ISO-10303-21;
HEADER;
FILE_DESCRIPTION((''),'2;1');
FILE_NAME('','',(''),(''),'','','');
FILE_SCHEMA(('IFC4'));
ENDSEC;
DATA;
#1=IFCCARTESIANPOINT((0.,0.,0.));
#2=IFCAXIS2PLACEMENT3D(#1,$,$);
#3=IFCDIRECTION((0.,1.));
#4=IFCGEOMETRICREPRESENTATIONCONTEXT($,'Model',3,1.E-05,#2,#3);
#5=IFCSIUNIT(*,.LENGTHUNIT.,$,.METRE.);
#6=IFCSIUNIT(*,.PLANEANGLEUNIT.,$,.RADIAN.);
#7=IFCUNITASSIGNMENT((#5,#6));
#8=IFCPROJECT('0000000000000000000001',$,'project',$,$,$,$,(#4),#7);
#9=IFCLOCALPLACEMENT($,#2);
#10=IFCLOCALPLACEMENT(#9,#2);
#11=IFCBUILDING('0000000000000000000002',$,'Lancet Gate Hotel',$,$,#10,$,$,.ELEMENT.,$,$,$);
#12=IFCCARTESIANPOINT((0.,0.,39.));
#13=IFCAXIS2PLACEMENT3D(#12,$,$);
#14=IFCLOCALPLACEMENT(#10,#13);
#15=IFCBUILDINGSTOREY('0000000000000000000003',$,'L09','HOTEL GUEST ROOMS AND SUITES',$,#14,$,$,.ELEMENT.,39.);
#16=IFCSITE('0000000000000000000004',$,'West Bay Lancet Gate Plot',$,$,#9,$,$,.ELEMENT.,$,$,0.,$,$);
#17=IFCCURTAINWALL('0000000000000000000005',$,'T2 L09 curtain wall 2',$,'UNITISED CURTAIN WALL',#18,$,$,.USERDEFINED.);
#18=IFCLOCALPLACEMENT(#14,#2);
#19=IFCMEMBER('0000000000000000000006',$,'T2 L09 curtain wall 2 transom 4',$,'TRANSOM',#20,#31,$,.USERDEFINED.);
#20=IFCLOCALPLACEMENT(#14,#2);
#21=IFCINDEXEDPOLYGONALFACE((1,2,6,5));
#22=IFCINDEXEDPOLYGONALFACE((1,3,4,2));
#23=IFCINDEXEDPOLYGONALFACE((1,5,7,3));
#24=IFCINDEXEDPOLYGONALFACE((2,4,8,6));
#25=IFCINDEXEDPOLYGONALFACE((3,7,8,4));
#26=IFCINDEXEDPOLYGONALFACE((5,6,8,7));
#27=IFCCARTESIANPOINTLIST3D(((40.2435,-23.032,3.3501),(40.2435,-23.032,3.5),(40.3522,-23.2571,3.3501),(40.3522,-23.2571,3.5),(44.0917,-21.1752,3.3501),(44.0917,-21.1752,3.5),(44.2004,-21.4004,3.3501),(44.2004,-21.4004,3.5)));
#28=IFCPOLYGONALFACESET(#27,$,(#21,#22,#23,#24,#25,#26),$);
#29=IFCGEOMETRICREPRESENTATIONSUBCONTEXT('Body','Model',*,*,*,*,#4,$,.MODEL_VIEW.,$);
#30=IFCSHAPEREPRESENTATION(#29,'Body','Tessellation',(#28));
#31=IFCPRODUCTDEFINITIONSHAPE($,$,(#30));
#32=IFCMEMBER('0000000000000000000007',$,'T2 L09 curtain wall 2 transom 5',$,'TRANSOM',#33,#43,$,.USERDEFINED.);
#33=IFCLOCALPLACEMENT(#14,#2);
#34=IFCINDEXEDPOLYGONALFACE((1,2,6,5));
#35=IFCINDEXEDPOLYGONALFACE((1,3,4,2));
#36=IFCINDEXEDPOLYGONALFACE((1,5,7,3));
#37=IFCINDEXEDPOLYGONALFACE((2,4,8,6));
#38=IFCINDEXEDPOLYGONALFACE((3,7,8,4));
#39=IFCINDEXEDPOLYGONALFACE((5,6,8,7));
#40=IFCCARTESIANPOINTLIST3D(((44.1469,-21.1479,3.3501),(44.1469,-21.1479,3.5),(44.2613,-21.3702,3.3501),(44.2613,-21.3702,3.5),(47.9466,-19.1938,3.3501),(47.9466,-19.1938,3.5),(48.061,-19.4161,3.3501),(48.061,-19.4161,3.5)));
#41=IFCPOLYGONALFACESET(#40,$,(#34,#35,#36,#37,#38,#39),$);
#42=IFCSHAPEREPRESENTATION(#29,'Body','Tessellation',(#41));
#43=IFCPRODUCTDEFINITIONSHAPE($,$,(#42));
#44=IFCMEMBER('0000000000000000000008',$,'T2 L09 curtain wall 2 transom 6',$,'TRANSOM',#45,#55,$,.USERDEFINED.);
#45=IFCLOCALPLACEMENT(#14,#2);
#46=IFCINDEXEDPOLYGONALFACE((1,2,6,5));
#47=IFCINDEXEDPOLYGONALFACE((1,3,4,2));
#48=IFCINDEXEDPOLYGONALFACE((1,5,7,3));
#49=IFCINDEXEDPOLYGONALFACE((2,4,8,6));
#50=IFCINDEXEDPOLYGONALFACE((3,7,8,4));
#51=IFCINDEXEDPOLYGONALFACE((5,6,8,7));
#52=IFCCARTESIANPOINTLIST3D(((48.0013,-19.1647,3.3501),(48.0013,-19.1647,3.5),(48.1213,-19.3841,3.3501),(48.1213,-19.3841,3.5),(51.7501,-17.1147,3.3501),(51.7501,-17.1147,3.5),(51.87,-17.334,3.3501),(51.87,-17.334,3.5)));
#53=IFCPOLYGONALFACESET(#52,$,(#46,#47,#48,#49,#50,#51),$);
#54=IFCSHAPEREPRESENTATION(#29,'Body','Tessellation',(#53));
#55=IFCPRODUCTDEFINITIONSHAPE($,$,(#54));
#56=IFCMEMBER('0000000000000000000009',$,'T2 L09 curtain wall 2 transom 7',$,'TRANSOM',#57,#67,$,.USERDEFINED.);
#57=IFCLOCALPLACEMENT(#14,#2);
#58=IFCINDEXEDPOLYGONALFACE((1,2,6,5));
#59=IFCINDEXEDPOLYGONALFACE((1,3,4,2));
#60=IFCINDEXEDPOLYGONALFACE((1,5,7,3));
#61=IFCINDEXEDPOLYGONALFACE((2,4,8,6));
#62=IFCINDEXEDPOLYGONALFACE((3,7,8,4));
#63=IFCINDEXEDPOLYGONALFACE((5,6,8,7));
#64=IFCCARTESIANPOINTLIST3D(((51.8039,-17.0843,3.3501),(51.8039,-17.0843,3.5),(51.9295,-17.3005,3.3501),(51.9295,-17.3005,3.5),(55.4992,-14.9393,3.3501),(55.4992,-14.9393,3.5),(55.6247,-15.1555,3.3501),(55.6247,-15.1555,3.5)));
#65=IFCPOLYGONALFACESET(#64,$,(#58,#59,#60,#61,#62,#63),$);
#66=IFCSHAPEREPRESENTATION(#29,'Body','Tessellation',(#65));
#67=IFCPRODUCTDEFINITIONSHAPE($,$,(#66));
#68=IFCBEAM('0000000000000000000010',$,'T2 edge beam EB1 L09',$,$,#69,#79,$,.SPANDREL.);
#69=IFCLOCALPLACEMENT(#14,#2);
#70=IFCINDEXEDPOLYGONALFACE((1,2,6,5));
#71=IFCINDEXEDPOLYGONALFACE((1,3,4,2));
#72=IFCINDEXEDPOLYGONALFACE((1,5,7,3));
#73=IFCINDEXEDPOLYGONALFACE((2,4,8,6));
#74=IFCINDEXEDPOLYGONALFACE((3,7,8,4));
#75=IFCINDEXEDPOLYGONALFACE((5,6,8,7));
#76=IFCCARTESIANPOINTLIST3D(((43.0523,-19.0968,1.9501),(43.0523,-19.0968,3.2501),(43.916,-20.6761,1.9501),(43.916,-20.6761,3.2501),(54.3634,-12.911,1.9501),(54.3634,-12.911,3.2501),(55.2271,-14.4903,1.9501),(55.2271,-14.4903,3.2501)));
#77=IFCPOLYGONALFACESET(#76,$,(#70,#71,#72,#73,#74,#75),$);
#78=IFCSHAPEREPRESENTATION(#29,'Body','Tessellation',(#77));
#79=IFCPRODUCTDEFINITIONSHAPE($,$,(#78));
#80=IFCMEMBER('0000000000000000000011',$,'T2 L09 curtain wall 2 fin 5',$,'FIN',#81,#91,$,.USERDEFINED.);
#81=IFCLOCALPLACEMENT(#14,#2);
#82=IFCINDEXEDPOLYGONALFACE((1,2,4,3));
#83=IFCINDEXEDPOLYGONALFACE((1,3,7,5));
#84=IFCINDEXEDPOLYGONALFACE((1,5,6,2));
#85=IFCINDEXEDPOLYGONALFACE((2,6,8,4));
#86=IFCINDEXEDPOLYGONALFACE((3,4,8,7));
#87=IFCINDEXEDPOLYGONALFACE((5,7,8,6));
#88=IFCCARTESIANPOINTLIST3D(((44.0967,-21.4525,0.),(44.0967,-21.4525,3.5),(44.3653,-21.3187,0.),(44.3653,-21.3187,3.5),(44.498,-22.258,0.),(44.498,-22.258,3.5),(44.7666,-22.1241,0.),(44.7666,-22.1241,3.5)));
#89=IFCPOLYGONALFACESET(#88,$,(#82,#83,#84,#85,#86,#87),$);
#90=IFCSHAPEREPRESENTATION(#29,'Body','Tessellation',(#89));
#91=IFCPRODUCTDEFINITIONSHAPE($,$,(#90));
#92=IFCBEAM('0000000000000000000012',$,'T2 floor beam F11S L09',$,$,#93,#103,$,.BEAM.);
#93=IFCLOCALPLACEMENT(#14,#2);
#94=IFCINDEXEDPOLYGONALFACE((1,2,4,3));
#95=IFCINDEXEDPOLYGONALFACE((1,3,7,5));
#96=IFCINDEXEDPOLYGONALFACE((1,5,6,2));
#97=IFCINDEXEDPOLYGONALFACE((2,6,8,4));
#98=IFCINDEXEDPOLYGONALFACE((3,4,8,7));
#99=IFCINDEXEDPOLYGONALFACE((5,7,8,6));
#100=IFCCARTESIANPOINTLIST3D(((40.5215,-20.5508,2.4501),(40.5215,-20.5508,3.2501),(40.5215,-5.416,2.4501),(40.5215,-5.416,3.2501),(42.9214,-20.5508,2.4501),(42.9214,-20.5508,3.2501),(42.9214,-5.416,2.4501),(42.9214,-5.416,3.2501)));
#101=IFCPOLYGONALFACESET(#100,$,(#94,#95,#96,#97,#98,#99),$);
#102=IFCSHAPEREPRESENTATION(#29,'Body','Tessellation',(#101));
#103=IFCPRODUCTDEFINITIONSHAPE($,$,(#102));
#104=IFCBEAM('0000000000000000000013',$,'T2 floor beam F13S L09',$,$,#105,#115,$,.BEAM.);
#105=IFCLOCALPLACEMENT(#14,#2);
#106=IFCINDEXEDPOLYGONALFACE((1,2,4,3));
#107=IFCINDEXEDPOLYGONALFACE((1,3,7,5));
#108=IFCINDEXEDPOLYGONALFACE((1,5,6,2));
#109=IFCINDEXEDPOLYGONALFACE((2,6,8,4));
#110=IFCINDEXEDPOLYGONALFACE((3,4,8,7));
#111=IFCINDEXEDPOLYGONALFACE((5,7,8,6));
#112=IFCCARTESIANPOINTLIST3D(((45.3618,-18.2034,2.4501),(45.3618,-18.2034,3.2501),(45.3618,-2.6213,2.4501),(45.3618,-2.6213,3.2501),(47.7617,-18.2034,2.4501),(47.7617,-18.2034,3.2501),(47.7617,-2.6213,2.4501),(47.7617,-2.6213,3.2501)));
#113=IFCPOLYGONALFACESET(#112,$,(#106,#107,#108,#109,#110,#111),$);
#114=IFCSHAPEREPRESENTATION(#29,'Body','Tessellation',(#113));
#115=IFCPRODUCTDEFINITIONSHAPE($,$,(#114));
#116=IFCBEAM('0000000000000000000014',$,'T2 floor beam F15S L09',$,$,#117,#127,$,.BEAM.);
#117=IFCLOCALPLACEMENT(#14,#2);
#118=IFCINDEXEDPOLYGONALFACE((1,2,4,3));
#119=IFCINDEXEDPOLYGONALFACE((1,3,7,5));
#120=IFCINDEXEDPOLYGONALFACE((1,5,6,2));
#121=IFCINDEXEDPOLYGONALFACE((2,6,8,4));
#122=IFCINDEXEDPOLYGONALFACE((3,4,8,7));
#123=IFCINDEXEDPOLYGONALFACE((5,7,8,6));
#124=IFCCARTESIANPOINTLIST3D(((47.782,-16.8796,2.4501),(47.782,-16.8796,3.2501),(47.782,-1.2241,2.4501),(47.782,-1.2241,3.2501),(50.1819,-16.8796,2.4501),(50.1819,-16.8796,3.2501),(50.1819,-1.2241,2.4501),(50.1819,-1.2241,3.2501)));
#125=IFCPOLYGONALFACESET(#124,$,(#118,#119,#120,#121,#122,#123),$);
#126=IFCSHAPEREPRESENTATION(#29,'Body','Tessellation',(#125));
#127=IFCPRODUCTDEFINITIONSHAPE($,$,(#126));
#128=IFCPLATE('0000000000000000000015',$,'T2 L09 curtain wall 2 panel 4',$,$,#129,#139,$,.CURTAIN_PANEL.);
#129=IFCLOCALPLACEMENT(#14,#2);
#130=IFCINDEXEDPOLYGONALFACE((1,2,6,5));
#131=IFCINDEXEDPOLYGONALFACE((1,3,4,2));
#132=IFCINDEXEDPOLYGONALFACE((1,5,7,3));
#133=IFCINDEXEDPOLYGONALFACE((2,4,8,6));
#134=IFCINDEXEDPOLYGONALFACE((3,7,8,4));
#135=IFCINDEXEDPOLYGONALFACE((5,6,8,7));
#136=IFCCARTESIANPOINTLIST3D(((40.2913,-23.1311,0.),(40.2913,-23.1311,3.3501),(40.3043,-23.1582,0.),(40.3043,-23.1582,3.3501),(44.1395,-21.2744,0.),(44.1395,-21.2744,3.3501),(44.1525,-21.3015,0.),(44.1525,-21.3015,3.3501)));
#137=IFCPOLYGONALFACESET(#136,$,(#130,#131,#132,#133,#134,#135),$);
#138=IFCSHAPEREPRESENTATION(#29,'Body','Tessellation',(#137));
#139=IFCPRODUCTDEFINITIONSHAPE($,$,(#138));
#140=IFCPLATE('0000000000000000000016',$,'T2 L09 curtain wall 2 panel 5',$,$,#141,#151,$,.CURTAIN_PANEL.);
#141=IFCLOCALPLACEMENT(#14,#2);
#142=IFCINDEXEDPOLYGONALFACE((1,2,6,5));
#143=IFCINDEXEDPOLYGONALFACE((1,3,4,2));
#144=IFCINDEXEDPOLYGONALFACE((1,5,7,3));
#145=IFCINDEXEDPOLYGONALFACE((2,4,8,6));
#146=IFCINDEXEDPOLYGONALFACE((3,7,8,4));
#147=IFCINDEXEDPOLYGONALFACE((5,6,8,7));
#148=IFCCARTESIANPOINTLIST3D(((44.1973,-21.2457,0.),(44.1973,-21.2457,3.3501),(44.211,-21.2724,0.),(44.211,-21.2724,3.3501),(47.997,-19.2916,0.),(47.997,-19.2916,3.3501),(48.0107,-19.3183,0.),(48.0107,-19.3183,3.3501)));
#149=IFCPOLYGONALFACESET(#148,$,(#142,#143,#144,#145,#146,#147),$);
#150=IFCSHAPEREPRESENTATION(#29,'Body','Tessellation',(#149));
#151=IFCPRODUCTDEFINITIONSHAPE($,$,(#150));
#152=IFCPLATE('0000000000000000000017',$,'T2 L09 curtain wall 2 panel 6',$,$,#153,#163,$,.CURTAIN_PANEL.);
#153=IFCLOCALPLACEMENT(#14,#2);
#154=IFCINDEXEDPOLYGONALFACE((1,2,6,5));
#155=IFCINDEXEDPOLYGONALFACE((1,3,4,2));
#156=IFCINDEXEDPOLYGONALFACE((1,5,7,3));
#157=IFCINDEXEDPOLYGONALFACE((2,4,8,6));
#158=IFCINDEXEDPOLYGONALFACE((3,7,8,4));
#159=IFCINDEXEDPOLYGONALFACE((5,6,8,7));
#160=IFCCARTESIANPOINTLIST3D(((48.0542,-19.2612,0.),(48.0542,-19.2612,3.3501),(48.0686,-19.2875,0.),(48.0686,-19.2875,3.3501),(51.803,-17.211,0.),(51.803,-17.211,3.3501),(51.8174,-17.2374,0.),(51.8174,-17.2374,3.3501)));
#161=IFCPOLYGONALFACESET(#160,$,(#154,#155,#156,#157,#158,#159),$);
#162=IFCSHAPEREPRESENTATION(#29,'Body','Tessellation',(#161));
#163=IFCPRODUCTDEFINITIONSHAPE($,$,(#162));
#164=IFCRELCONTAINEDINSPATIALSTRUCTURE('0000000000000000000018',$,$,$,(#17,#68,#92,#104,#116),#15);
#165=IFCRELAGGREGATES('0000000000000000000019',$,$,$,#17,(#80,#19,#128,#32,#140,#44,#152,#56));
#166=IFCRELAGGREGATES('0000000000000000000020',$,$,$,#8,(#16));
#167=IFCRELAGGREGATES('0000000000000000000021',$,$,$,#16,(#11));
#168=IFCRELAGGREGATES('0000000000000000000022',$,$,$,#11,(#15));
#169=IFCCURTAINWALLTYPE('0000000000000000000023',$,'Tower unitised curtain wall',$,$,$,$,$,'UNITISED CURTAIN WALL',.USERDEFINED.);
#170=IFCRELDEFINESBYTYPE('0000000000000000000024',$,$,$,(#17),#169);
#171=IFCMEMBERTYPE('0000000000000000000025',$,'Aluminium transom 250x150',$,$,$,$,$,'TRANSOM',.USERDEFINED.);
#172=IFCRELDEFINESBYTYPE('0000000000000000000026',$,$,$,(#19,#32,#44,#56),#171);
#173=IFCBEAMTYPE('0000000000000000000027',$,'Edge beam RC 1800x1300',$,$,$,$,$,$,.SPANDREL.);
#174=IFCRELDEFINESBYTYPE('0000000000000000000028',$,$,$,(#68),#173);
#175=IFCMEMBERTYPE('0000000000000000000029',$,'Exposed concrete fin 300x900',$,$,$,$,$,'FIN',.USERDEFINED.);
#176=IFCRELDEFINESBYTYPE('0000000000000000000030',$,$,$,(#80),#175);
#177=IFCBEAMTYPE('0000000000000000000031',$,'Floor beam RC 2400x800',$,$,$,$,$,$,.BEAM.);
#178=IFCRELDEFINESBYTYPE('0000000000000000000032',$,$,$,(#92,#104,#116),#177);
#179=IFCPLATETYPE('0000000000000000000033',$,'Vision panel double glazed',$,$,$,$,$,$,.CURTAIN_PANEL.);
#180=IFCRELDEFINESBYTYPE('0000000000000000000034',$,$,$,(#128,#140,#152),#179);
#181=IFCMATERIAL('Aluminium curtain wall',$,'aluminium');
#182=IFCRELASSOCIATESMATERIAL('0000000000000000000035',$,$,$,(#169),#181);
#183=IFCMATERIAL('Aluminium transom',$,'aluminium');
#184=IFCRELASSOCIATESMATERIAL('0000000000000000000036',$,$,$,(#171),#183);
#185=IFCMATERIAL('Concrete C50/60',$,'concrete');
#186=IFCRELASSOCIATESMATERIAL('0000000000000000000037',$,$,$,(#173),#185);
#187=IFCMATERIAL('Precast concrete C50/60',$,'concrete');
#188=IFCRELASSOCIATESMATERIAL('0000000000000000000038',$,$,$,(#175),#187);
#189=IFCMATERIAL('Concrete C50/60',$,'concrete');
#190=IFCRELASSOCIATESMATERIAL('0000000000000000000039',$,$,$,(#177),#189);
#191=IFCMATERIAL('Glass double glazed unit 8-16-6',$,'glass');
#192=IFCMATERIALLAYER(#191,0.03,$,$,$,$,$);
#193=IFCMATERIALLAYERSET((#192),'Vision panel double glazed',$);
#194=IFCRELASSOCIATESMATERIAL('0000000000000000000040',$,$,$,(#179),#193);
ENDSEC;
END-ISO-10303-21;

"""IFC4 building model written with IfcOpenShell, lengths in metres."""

from ifc_helpers import new_model, si_unit, direction, frame, origin, origin_2d, place, context, subcontext, project, spatial, rectangle, extrude, material, layer, layer_set, material_profile, profile_set, type_object, element, aggregate, save


model = new_model("IFC4")

# Units and contexts
model_context = context("Model", 3, precision=1e-05, world=origin(), true_north=direction((0.0, 1.0)))
body_context = subcontext(model_context, "Body", "Model", "MODEL_VIEW")
ifc_project = project(units=[si_unit("LENGTHUNIT", "METRE"), si_unit("PLANEANGLEUNIT", "RADIAN")], contexts=[model_context])

# Site, building, storey
site_placement = place(None, origin())
site = spatial("IfcSite", under=ifc_project, at=site_placement, Name="West Bay Lancet Gate Plot", CompositionType="ELEMENT", RefElevation=0.0)
building_placement = place(site_placement, origin())
building = spatial("IfcBuilding", under=site, at=building_placement, Name="Lancet Gate Hotel", CompositionType="ELEMENT")
storey_placement = place(building_placement, frame((0.0, 0.0, 39.0)))
storey = spatial("IfcBuildingStorey", under=building, at=storey_placement, Name="L09", Description="HOTEL GUEST ROOMS AND SUITES", CompositionType="ELEMENT", Elevation=39.0)

# Curtain wall, members
ifc_material_1 = material(Name="Aluminium curtain wall", Category="aluminium")
curtain_wall_type = type_object("IfcCurtainWallType", Name="Tower unitised curtain wall", ElementType="UNITISED CURTAIN WALL", PredefinedType="USERDEFINED", material=ifc_material_1)
curtain_wall_placement = place(storey_placement, origin())
curtain_wall = element("IfcCurtainWall", 1, at=curtain_wall_placement, inside=storey, type_object=curtain_wall_type, Name="T2 L09 curtain wall 2", ObjectType="UNITISED CURTAIN WALL", PredefinedType="USERDEFINED")
ifc_material_2 = material(Name="Aluminium transom", Category="aluminium")
ifc_material_profile_1 = material_profile(ifc_material_2, rectangle(XDim=0.25, YDim=0.1499, at=origin_2d()), Name="TRANSOM 250x150")
ifc_profile_set_1 = profile_set([ifc_material_profile_1], Name="Aluminium transom")
member_type_1 = type_object("IfcMemberType", Name="Aluminium transom 250x150", ElementType="TRANSOM", PredefinedType="USERDEFINED", material=ifc_profile_set_1)
member_1_placement = place(storey_placement, frame((40.2979, -23.1445, 3.425), z_axis=(0.900646, 0.434553, 0.0), x_axis=(-0.434553, 0.900646, 0.0)))
member_1 = element("IfcMember", 2, at=member_1_placement, type_object=member_type_1, Name="T2 L09 curtain wall 2 transom 4", ObjectType="TRANSOM", PredefinedType="USERDEFINED", context=body_context, shape_type="SweptSolid", body=[
    extrude(rectangle(XDim=0.25, YDim=0.1499, at=origin_2d()), origin(), (0.0, 0.0, 1.0), 4.2727),
])
member_2_placement = place(storey_placement, frame((44.2041, -21.259, 3.425), z_axis=(0.889296, 0.457333, 0.0), x_axis=(-0.457333, 0.889296, 0.0)))
member_2 = element("IfcMember", 3, at=member_2_placement, type_object=member_type_1, Name="T2 L09 curtain wall 2 transom 5", ObjectType="TRANSOM", PredefinedType="USERDEFINED", context=body_context, shape_type="SweptSolid", body=[
    extrude(rectangle(XDim=0.25, YDim=0.1499, at=origin_2d()), origin(), (0.0, 0.0, 1.0), 4.2727),
])
member_3_placement = place(storey_placement, frame((48.0613, -19.2744, 3.425), z_axis=(0.877378, 0.479801, 0.0), x_axis=(-0.479801, 0.877378, 0.0)))
member_3 = element("IfcMember", 4, at=member_3_placement, type_object=member_type_1, Name="T2 L09 curtain wall 2 transom 6", ObjectType="TRANSOM", PredefinedType="USERDEFINED", context=body_context, shape_type="SweptSolid", body=[
    extrude(rectangle(XDim=0.25, YDim=0.1499, at=origin_2d()), origin(), (0.0, 0.0, 1.0), 4.2727),
])
member_4_placement = place(storey_placement, frame((51.8667, -17.1924, 3.425), z_axis=(0.864855, 0.502022, 0.0), x_axis=(-0.502022, 0.864855, 0.0)))
member_4 = element("IfcMember", 5, at=member_4_placement, type_object=member_type_1, Name="T2 L09 curtain wall 2 transom 7", ObjectType="TRANSOM", PredefinedType="USERDEFINED", context=body_context, shape_type="SweptSolid", body=[
    extrude(rectangle(XDim=0.25, YDim=0.1499, at=origin_2d()), origin(), (0.0, 0.0, 1.0), 4.2727),
])

# Beam
ifc_material_3 = material(Name="Concrete C50/60", Category="concrete")
ifc_material_profile_2 = material_profile(ifc_material_3, rectangle(XDim=1.8, YDim=1.3, at=origin_2d()), Name="RC 1800x1300")
ifc_profile_set_2 = profile_set([ifc_material_profile_2], Name="Concrete C50/60")
beam_type_1 = type_object("IfcBeamType", Name="Edge beam RC 1800x1300", PredefinedType="SPANDREL", material=ifc_profile_set_2)
beam_1_placement = place(storey_placement, frame((43.4841, -19.8865, 2.6001), z_axis=(0.877369, 0.479816, 0.0), x_axis=(-0.479816, 0.877369, 0.0)))
element("IfcBeam", 6, at=beam_1_placement, inside=storey, type_object=beam_type_1, Name="T2 edge beam EB1 L09", PredefinedType="SPANDREL", context=body_context, shape_type="SweptSolid", body=[
    extrude(rectangle(XDim=1.8, YDim=1.3, at=origin_2d()), origin(), (0.0, 0.0, 1.0), 12.8921),
])

# Member
ifc_material_4 = material(Name="Precast concrete C50/60", Category="concrete")
ifc_material_profile_3 = material_profile(ifc_material_4, rectangle(XDim=0.3, YDim=0.8999, at=origin_2d()), Name="FIN 300x900")
ifc_profile_set_3 = profile_set([ifc_material_profile_3], Name="Precast concrete C50/60")
member_type_2 = type_object("IfcMemberType", Name="Exposed concrete fin 300x900", ElementType="FIN", PredefinedType="USERDEFINED", material=ifc_profile_set_3)
member_5_placement = place(storey_placement, frame((44.4316, -21.7883, 0.0), z_axis=(0.0, 0.0, 1.0), x_axis=(0.895044, 0.445978, 0.0)))
member_5 = element("IfcMember", 7, at=member_5_placement, type_object=member_type_2, Name="T2 L09 curtain wall 2 fin 5", ObjectType="FIN", PredefinedType="USERDEFINED", context=body_context, shape_type="SweptSolid", body=[
    extrude(rectangle(XDim=0.3, YDim=0.8999, at=origin_2d()), origin(), (0.0, 0.0, 1.0), 3.5),
])

# Beams
ifc_material_5 = material(Name="Concrete C50/60", Category="concrete")
ifc_material_profile_4 = material_profile(ifc_material_5, rectangle(XDim=2.3999, YDim=0.8, at=origin_2d()), Name="RC 2400x800")
ifc_profile_set_4 = profile_set([ifc_material_profile_4], Name="Concrete C50/60")
beam_type_2 = type_object("IfcBeamType", Name="Floor beam RC 2400x800", PredefinedType="BEAM", material=ifc_profile_set_4)
beam_2_placement = place(storey_placement, frame((41.7214, -20.5508, 2.8501), z_axis=(0.0, 1.0, 0.0), x_axis=(-1.0, 0.0, 0.0)))
element("IfcBeam", 8, at=beam_2_placement, inside=storey, type_object=beam_type_2, Name="T2 floor beam F11S L09", PredefinedType="BEAM", context=body_context, shape_type="SweptSolid", body=[
    extrude(rectangle(XDim=2.3999, YDim=0.8, at=origin_2d()), origin(), (0.0, 0.0, 1.0), 15.1348),
])
beam_3_placement = place(storey_placement, frame((46.5618, -18.2034, 2.8501), z_axis=(0.0, 1.0, 0.0), x_axis=(-1.0, 0.0, 0.0)))
element("IfcBeam", 9, at=beam_3_placement, inside=storey, type_object=beam_type_2, Name="T2 floor beam F13S L09", PredefinedType="BEAM", context=body_context, shape_type="SweptSolid", body=[
    extrude(rectangle(XDim=2.3999, YDim=0.8, at=origin_2d()), origin(), (0.0, 0.0, 1.0), 15.582),
])
beam_4_placement = place(storey_placement, frame((48.9819, -16.8796, 2.8501), z_axis=(0.0, 1.0, 0.0), x_axis=(-1.0, 0.0, 0.0)))
element("IfcBeam", 10, at=beam_4_placement, inside=storey, type_object=beam_type_2, Name="T2 floor beam F15S L09", PredefinedType="BEAM", context=body_context, shape_type="SweptSolid", body=[
    extrude(rectangle(XDim=2.3999, YDim=0.8, at=origin_2d()), origin(), (0.0, 0.0, 1.0), 15.6555),
])

# Plates
ifc_material_6 = material(Name="Glass double glazed unit 8-16-6", Category="glass")
ifc_layer = layer(ifc_material_6, 0.03)
ifc_layer_set = layer_set([ifc_layer], Name="Vision panel double glazed")
plate_type = type_object("IfcPlateType", Name="Vision panel double glazed", PredefinedType="CURTAIN_PANEL", material=ifc_layer_set)
plate_1_placement = place(storey_placement, frame((42.2219, -22.2163, 0.0), z_axis=(0.0, 0.0, 1.0), x_axis=(0.900647, 0.43455, 0.0)))
plate_1 = element("IfcPlate", 11, at=plate_1_placement, type_object=plate_type, Name="T2 L09 curtain wall 2 panel 4", PredefinedType="CURTAIN_PANEL", context=body_context, shape_type="SweptSolid", body=[
    extrude(rectangle(XDim=4.2727, YDim=0.03, at=origin_2d()), origin(), (0.0, 0.0, 1.0), 3.3501),
])
plate_2_placement = place(storey_placement, frame((46.104, -20.282, 0.0), z_axis=(0.0, 0.0, 1.0), x_axis=(0.889296, 0.457332, 0.0)))
plate_2 = element("IfcPlate", 12, at=plate_2_placement, type_object=plate_type, Name="T2 L09 curtain wall 2 panel 5", PredefinedType="CURTAIN_PANEL", context=body_context, shape_type="SweptSolid", body=[
    extrude(rectangle(XDim=4.2727, YDim=0.03, at=origin_2d()), origin(), (0.0, 0.0, 1.0), 3.3501),
])
plate_3_placement = place(storey_placement, frame((49.9358, -18.2493, 0.0), z_axis=(0.0, 0.0, 1.0), x_axis=(0.877368, 0.479818, 0.0)))
plate_3 = element("IfcPlate", 13, at=plate_3_placement, type_object=plate_type, Name="T2 L09 curtain wall 2 panel 6", PredefinedType="CURTAIN_PANEL", context=body_context, shape_type="SweptSolid", body=[
    extrude(rectangle(XDim=4.2727, YDim=0.03, at=origin_2d()), origin(), (0.0, 0.0, 1.0), 3.3501),
])
aggregate(curtain_wall, [member_5, member_1, plate_1, member_2, plate_2, member_3, plate_3, member_4])

save(model, "model.ifc")
